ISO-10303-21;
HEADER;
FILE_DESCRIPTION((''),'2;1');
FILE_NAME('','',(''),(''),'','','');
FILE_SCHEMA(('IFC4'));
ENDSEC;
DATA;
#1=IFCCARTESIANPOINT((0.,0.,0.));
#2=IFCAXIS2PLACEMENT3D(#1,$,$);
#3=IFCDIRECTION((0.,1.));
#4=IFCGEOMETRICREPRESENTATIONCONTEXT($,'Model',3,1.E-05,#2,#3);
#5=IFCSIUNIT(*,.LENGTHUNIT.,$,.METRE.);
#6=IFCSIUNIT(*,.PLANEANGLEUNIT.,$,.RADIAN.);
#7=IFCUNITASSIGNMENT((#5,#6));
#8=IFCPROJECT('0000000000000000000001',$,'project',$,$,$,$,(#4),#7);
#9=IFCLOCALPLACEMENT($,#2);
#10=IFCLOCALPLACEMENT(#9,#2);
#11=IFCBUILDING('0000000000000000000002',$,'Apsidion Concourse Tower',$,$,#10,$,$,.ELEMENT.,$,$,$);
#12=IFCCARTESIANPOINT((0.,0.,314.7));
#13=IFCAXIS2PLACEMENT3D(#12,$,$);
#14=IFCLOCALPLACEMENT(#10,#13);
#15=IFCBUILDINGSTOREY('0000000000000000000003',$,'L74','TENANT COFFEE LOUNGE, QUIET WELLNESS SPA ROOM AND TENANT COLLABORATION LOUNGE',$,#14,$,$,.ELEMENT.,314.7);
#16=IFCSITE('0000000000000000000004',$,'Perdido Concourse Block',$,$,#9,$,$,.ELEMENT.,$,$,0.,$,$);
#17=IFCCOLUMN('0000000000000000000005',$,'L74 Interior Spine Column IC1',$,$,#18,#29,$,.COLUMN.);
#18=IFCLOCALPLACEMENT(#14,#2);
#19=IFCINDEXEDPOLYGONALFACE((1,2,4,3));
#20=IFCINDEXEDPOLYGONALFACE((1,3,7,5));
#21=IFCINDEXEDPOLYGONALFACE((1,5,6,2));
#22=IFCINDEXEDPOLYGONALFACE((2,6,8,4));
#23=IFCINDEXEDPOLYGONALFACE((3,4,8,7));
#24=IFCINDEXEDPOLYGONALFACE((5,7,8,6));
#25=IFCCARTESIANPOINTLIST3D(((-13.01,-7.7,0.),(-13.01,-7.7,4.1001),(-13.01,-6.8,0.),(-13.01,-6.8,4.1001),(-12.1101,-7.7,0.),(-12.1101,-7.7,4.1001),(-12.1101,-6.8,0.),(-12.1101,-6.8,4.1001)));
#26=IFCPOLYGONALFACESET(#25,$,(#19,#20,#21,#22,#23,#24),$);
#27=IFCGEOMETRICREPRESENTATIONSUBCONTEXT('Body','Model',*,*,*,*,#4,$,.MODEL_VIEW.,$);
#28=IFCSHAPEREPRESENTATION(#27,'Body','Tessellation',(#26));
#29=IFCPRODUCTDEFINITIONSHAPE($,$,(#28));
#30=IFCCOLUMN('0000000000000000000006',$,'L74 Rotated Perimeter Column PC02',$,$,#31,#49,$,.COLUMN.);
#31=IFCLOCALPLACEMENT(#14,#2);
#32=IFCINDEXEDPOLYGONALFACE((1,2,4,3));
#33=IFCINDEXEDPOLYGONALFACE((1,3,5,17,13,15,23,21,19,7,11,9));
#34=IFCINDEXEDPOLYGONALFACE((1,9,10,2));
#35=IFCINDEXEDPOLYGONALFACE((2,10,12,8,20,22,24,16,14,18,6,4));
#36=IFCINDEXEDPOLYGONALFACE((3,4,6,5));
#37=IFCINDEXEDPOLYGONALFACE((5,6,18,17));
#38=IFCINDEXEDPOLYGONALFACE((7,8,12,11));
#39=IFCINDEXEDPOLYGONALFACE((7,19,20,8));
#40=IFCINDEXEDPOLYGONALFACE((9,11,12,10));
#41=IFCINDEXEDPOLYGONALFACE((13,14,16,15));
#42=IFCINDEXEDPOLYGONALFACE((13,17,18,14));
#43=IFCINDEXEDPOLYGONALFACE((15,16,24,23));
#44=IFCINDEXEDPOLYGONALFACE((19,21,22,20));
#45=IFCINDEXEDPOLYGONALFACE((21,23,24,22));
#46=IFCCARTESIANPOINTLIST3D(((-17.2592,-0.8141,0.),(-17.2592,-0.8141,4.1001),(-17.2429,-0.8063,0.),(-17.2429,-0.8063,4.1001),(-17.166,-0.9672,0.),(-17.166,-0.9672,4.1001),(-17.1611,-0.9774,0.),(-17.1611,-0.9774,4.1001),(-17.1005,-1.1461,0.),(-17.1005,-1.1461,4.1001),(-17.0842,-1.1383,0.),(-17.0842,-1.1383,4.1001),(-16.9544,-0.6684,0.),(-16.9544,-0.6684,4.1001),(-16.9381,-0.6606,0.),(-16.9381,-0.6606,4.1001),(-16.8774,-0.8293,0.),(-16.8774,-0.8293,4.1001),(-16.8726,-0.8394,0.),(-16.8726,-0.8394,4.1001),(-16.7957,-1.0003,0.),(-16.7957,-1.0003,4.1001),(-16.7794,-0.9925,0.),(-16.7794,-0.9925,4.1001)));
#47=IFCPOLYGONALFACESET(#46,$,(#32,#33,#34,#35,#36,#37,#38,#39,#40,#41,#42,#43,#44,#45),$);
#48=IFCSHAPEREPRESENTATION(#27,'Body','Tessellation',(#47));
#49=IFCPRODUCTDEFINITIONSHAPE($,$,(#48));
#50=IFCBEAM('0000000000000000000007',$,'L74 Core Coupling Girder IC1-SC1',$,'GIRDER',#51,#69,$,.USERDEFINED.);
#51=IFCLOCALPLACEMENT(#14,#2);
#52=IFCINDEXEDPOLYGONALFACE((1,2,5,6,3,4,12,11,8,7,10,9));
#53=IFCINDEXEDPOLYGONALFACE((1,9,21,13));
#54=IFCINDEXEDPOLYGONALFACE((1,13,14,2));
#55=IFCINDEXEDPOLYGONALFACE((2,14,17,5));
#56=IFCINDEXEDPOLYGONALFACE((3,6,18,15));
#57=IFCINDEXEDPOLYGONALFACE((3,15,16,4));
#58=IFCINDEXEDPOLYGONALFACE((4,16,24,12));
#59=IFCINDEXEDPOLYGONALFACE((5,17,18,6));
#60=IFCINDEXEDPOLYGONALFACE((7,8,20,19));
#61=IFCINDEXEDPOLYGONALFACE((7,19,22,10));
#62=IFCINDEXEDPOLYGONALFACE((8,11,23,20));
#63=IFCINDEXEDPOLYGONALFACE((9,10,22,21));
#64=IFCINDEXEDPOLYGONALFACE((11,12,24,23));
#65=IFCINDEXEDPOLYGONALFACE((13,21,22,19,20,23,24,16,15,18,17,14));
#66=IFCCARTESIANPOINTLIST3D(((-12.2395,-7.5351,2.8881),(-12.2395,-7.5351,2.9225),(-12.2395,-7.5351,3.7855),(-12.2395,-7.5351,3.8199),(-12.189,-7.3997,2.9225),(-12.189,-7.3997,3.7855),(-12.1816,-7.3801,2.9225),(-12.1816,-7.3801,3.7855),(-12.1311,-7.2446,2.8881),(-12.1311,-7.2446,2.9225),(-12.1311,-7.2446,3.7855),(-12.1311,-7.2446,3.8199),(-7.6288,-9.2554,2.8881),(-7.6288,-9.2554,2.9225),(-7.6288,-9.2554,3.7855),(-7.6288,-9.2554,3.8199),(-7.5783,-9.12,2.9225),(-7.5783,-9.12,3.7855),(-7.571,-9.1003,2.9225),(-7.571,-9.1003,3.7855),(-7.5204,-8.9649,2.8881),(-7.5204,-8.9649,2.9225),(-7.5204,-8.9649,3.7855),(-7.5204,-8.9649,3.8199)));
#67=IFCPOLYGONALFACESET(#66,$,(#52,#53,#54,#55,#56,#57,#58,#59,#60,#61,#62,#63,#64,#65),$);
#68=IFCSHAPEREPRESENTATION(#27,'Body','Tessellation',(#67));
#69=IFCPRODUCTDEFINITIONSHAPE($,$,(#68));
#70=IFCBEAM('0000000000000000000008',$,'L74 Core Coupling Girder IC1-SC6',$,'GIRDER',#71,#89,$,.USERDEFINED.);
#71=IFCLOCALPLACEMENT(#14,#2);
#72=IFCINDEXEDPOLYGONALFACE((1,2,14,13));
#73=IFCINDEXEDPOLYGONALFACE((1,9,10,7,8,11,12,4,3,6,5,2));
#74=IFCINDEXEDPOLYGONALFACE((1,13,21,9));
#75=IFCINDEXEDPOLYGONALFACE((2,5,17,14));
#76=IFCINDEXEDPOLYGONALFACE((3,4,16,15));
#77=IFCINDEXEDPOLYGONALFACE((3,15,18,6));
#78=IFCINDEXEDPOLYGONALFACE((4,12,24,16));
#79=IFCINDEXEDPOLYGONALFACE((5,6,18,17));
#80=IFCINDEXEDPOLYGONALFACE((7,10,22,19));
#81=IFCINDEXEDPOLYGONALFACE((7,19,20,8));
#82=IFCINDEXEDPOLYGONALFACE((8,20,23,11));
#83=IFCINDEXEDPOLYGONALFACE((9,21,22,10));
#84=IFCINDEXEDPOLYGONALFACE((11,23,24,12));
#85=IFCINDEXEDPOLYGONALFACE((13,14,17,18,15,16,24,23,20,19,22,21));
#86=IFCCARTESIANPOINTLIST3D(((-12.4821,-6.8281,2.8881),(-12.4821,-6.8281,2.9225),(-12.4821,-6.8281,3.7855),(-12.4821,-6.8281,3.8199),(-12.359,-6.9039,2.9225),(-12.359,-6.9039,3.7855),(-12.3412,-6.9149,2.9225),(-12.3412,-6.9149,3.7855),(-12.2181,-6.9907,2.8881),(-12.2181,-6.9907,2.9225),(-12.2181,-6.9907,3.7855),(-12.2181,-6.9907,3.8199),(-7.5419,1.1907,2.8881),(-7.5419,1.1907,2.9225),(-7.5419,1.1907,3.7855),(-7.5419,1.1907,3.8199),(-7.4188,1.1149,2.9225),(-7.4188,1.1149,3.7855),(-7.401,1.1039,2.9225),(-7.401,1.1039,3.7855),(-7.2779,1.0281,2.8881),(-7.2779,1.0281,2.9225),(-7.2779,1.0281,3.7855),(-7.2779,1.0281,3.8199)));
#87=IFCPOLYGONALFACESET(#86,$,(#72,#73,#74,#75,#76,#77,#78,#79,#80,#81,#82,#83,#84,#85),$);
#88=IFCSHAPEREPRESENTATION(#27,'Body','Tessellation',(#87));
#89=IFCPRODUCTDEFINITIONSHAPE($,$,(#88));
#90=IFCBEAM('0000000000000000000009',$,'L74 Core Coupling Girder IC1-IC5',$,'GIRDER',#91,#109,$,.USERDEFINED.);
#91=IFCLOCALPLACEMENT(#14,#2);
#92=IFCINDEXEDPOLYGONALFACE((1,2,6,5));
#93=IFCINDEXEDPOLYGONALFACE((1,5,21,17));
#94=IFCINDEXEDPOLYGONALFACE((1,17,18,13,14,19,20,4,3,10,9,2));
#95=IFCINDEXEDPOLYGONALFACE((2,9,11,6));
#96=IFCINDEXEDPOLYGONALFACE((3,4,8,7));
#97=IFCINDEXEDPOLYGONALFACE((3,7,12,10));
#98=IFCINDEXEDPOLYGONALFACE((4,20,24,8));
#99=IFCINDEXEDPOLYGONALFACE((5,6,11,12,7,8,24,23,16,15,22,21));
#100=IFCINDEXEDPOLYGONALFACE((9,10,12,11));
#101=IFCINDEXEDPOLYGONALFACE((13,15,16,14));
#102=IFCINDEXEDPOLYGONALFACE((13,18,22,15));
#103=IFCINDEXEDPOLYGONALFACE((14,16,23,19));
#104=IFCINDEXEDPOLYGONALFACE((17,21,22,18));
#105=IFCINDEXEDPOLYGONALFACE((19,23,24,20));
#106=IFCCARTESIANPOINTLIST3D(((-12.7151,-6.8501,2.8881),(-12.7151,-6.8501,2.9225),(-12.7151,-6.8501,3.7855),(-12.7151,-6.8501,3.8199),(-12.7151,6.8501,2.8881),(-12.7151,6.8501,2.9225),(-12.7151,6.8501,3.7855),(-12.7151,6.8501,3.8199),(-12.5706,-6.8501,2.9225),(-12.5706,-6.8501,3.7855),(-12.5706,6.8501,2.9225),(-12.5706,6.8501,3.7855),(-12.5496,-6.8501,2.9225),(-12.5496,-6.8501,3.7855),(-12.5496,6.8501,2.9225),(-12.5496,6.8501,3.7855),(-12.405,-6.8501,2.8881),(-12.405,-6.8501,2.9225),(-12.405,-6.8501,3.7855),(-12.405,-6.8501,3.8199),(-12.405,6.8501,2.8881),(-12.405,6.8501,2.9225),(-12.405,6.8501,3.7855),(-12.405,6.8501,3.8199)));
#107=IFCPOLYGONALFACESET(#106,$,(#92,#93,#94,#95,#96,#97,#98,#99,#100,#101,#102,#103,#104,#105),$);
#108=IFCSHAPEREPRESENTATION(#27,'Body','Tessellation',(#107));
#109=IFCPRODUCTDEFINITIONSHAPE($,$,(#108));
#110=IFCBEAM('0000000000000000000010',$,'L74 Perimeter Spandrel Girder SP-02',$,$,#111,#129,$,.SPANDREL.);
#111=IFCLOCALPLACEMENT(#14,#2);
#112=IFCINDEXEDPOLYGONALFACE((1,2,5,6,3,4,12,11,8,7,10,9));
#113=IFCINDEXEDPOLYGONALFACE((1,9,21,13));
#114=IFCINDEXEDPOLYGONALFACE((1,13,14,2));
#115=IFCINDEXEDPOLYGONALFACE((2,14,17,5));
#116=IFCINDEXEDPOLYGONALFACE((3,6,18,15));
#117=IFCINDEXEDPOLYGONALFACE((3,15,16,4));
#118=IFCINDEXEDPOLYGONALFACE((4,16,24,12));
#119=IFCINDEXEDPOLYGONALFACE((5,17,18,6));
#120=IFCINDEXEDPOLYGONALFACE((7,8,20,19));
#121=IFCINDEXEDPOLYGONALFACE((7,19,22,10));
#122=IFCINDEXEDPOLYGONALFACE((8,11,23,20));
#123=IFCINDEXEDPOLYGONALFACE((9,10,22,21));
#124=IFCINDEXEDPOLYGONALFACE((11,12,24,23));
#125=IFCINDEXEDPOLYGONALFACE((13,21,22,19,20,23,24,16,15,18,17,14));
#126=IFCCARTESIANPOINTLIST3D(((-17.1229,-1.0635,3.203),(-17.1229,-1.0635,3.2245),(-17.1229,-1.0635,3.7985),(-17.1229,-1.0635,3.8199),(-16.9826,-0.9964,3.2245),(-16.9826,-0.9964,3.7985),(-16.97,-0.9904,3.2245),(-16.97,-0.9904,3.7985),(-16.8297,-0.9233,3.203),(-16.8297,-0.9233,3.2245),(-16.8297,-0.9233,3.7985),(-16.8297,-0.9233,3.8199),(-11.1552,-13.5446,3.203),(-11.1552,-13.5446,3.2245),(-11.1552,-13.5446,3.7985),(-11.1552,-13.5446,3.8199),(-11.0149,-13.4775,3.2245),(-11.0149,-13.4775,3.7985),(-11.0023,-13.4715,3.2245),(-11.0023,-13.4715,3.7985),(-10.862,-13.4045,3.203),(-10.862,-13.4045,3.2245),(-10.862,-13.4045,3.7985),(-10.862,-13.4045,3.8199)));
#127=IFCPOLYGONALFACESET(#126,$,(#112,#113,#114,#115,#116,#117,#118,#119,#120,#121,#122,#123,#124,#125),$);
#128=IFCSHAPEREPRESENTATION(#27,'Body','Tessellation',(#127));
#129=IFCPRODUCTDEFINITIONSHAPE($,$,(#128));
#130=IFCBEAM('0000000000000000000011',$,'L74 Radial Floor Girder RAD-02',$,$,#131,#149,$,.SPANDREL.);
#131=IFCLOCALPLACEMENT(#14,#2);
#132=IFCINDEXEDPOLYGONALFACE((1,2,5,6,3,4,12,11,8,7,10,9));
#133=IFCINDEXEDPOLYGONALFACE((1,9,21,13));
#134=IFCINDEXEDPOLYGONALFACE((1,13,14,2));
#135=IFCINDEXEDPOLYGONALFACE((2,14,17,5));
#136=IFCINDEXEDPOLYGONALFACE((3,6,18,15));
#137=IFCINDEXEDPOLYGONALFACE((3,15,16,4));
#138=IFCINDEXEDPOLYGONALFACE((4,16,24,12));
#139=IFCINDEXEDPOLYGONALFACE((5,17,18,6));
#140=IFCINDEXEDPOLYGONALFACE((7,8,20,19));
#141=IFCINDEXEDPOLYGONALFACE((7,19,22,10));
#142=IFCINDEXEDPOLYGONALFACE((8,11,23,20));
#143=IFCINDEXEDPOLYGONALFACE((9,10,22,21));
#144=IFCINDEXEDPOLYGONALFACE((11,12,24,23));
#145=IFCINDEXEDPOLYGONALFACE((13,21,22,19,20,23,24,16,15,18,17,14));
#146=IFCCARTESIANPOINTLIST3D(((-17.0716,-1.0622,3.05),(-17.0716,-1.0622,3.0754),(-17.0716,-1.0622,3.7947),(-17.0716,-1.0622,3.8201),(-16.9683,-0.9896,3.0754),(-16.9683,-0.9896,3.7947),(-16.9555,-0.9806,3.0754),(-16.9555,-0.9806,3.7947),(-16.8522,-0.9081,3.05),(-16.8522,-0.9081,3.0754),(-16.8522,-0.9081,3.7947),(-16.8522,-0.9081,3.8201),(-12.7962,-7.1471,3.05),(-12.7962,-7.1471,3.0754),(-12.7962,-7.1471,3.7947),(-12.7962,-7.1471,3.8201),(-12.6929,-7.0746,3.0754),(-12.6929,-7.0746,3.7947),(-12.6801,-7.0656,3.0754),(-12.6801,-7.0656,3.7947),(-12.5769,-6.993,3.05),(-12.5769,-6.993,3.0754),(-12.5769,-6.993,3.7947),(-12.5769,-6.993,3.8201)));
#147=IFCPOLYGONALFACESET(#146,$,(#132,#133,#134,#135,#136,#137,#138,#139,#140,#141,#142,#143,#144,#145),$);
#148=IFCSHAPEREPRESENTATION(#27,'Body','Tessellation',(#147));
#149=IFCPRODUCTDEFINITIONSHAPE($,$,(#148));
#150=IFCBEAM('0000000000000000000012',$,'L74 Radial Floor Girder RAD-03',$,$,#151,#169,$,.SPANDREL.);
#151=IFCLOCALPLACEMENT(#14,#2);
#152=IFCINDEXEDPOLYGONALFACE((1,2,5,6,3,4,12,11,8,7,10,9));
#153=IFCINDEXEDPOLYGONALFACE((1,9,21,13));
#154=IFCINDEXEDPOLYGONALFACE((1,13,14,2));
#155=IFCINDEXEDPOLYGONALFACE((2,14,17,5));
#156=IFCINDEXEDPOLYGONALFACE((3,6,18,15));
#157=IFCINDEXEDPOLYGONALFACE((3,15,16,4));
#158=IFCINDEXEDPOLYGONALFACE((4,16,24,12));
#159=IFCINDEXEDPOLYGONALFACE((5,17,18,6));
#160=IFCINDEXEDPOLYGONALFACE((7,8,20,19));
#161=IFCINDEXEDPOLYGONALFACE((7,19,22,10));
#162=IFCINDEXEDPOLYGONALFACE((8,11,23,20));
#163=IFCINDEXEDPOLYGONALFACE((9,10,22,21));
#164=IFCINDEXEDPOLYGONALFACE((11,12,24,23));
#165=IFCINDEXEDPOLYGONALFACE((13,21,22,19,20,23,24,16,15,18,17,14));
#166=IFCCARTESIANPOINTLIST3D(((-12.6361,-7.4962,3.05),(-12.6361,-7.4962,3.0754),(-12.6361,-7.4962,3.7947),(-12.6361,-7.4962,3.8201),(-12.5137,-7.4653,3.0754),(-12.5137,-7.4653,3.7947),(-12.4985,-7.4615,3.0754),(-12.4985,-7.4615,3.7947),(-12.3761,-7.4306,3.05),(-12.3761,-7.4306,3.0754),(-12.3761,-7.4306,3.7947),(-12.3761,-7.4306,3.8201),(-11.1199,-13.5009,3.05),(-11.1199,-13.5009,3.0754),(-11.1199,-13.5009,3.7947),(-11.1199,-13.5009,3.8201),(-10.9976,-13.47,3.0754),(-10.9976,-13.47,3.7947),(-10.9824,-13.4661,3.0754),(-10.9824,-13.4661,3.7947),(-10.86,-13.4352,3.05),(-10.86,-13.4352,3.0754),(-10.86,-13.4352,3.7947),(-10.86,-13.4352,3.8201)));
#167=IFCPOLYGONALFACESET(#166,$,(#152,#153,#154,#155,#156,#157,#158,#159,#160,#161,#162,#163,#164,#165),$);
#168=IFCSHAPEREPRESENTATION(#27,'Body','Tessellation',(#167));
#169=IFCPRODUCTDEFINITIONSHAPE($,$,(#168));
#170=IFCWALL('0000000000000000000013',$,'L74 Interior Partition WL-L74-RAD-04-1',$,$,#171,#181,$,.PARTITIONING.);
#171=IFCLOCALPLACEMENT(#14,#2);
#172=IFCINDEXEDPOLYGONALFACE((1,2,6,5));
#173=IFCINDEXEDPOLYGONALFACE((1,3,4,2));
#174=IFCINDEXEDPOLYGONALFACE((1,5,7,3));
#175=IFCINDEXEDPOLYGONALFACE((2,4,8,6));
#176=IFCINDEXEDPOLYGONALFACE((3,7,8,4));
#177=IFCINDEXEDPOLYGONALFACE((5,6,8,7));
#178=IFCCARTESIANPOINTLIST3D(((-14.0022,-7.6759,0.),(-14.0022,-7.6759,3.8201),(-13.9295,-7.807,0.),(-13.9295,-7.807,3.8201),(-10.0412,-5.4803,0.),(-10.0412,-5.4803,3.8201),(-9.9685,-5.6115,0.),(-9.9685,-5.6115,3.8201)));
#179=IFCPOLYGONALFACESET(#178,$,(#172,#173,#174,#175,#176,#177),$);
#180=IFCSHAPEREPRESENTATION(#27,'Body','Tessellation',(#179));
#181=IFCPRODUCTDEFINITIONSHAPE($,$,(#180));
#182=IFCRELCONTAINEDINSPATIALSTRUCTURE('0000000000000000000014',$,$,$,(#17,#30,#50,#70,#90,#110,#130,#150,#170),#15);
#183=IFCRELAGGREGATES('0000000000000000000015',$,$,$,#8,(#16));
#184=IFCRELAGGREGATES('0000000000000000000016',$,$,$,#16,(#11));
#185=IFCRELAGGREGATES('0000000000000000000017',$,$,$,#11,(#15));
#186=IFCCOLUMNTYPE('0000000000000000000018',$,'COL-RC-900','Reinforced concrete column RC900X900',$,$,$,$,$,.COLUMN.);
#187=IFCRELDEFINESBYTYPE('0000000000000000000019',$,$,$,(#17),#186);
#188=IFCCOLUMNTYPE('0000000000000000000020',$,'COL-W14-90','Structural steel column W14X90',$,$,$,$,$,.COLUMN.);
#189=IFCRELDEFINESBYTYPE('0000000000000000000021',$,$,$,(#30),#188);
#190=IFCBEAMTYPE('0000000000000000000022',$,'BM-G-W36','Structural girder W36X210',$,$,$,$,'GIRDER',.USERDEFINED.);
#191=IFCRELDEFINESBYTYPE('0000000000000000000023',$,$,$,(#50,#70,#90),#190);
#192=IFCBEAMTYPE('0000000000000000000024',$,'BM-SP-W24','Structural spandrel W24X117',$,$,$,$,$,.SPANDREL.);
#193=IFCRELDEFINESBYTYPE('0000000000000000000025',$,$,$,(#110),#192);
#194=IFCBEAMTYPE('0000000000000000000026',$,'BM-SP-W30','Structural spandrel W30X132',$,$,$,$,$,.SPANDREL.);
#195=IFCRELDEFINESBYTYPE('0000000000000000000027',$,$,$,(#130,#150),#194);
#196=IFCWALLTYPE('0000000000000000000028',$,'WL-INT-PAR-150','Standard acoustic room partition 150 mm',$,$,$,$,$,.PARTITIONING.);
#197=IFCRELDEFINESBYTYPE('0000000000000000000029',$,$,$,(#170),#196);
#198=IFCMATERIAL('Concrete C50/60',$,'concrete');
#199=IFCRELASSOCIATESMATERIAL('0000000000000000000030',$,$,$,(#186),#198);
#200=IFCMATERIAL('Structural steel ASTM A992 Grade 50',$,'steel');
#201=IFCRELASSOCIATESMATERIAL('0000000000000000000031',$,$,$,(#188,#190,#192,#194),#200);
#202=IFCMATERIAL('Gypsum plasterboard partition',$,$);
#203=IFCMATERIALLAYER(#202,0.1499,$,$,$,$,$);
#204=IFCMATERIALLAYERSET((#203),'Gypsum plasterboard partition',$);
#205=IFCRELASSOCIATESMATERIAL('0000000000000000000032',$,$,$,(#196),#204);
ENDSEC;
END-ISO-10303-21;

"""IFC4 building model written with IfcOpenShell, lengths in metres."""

from ifc_helpers import new_model, si_unit, direction, frame, frame_2d, origin, origin_2d, place, context, subcontext, project, spatial, rectangle, i_section, extrude, material, layer, layer_set, material_profile, profile_set, type_object, element, save


model = new_model("IFC4")

# Units and contexts
model_context = context("Model", 3, precision=1e-05, world=origin(), true_north=direction((0.0, 1.0)))
body_context = subcontext(model_context, "Body", "Model", "MODEL_VIEW")
ifc_project = project(units=[si_unit("LENGTHUNIT", "METRE"), si_unit("PLANEANGLEUNIT", "RADIAN")], contexts=[model_context])

# Site, building, storey
site_placement = place(None, origin())
site = spatial("IfcSite", under=ifc_project, at=site_placement, Name="Perdido Concourse Block", CompositionType="ELEMENT", RefElevation=0.0)
building_placement = place(site_placement, origin())
building = spatial("IfcBuilding", under=site, at=building_placement, Name="Apsidion Concourse Tower", CompositionType="ELEMENT")
storey_placement = place(building_placement, frame((0.0, 0.0, 314.7)))
storey = spatial("IfcBuildingStorey", under=building, at=storey_placement, Name="L74", Description="TENANT COFFEE LOUNGE, QUIET WELLNESS SPA ROOM AND TENANT COLLABORATION LOUNGE", CompositionType="ELEMENT", Elevation=314.7)

# Columns
ifc_material_1 = material(Name="Concrete C50/60", Category="concrete")
ifc_material_profile_1 = material_profile(ifc_material_1, rectangle(XDim=0.8999, YDim=0.8999, at=origin_2d()), Name="RC 900x900")
ifc_profile_set_1 = profile_set([ifc_material_profile_1], Name="Concrete C50/60")
column_type_1 = type_object("IfcColumnType", Name="COL-RC-900", Description="Reinforced concrete column RC900X900", PredefinedType="COLUMN", material=ifc_profile_set_1)
column_1_placement = place(storey_placement, frame((-12.5601, -7.25, 0.0), z_axis=(0.0, 0.0, 1.0), x_axis=(1.0, 0.0, 0.0)))
element("IfcColumn", 1, at=column_1_placement, inside=storey, type_object=column_type_1, Name="L74 Interior Spine Column IC1", PredefinedType="COLUMN", context=body_context, shape_type="SweptSolid", body=[
    extrude(rectangle(XDim=0.8999, YDim=0.8999, at=origin_2d()), origin(), (0.0, 0.0, 1.0), 4.1001),
])
ifc_material_2 = material(Name="Structural steel ASTM A992 Grade 50", Category="steel")
ifc_material_profile_2 = material_profile(ifc_material_2, i_section(OverallWidth=0.3679, OverallDepth=0.356, WebThickness=0.0112, FlangeThickness=0.0181, at=origin_2d()), Name="W14X90")
ifc_profile_set_2 = profile_set([ifc_material_profile_2], Name="Structural steel ASTM A992 Grade 50")
column_type_2 = type_object("IfcColumnType", Name="COL-W14-90", Description="Structural steel column W14X90", PredefinedType="COLUMN", material=ifc_profile_set_2)
column_2_placement = place(storey_placement, frame((-17.0193, -0.9033, 0.0), z_axis=(0.0, 0.0, 1.0), x_axis=(-0.431299, 0.902209, 0.0)))
element("IfcColumn", 2, at=column_2_placement, inside=storey, type_object=column_type_2, Name="L74 Rotated Perimeter Column PC02", PredefinedType="COLUMN", context=body_context, shape_type="SweptSolid", body=[
    extrude(i_section(OverallWidth=0.3679, OverallDepth=0.356, WebThickness=0.0112, FlangeThickness=0.0181, at=origin_2d()), origin(), (0.0, 0.0, 1.0), 4.1001),
])

# Beams
ifc_material_profile_3 = material_profile(ifc_material_2, i_section(OverallWidth=0.3101, OverallDepth=0.9319, WebThickness=0.021, FlangeThickness=0.0344, at=origin_2d()), Name="W36X210")
ifc_profile_set_3 = profile_set([ifc_material_profile_3], Name="Structural steel ASTM A992 Grade 50")
beam_type_1 = type_object("IfcBeamType", Name="BM-G-W36", Description="Structural girder W36X210", ElementType="GIRDER", PredefinedType="USERDEFINED", material=ifc_profile_set_3)
beam_1_placement = place(storey_placement, frame((-12.1853, -7.3899, 3.354), z_axis=(0.936913, -0.349563, 0.0), x_axis=(0.349563, 0.936913, 0.0)))
element("IfcBeam", 3, at=beam_1_placement, inside=storey, type_object=beam_type_1, Name="L74 Core Coupling Girder IC1-SC1", ObjectType="GIRDER", PredefinedType="USERDEFINED", context=body_context, shape_type="SweptSolid", body=[
    extrude(i_section(OverallWidth=0.3101, OverallDepth=0.9319, WebThickness=0.021, FlangeThickness=0.0344, at=origin_2d()), origin(), (0.0, 0.0, 1.0), 4.9211),
])
beam_2_placement = place(storey_placement, frame((-12.3501, -6.9094, 3.354), z_axis=(0.524524, 0.851396, 0.0), x_axis=(-0.851396, 0.524524, 0.0)))
element("IfcBeam", 4, at=beam_2_placement, inside=storey, type_object=beam_type_1, Name="L74 Core Coupling Girder IC1-SC6", ObjectType="GIRDER", PredefinedType="USERDEFINED", context=body_context, shape_type="SweptSolid", body=[
    extrude(i_section(OverallWidth=0.3101, OverallDepth=0.9319, WebThickness=0.021, FlangeThickness=0.0344, at=origin_2d()), origin(), (0.0, 0.0, 1.0), 9.4185),
])
beam_3_placement = place(storey_placement, frame((-12.5601, -6.8501, 3.354), z_axis=(0.0, 1.0, 0.0), x_axis=(-1.0, 0.0, 0.0)))
element("IfcBeam", 5, at=beam_3_placement, inside=storey, type_object=beam_type_1, Name="L74 Core Coupling Girder IC1-IC5", ObjectType="GIRDER", PredefinedType="USERDEFINED", context=body_context, shape_type="SweptSolid", body=[
    extrude(i_section(OverallWidth=0.3101, OverallDepth=0.9319, WebThickness=0.021, FlangeThickness=0.0344, at=origin_2d()), origin(), (0.0, 0.0, 1.0), 13.7002),
])
ifc_material_profile_4 = material_profile(ifc_material_2, i_section(OverallWidth=0.325, OverallDepth=0.6169, WebThickness=0.0139, FlangeThickness=0.0215, at=origin_2d()), Name="W24X117")
ifc_profile_set_4 = profile_set([ifc_material_profile_4], Name="Structural steel ASTM A992 Grade 50")
beam_type_2 = type_object("IfcBeamType", Name="BM-SP-W24", Description="Structural spandrel W24X117", PredefinedType="SPANDREL", material=ifc_profile_set_4)
beam_4_placement = place(storey_placement, frame((-16.9763, -0.9934, 3.5115), z_axis=(0.431367, -0.902176, 0.0), x_axis=(0.902176, 0.431367, 0.0)))
element("IfcBeam", 6, at=beam_4_placement, inside=storey, type_object=beam_type_2, Name="L74 Perimeter Spandrel Girder SP-02", PredefinedType="SPANDREL", context=body_context, shape_type="SweptSolid", body=[
    extrude(i_section(OverallWidth=0.325, OverallDepth=0.6169, WebThickness=0.0139, FlangeThickness=0.0215, at=origin_2d()), origin(), (0.0, 0.0, 1.0), 13.8345),
])
ifc_material_profile_5 = material_profile(ifc_material_2, i_section(OverallWidth=0.2681, OverallDepth=0.77, WebThickness=0.0156, FlangeThickness=0.0254, at=origin_2d()), Name="W30X132")
ifc_profile_set_5 = profile_set([ifc_material_profile_5], Name="Structural steel ASTM A992 Grade 50")
beam_type_3 = type_object("IfcBeamType", Name="BM-SP-W30", Description="Structural spandrel W30X132", PredefinedType="SPANDREL", material=ifc_profile_set_5)
beam_5_placement = place(storey_placement, frame((-12.6865, -7.0701, 3.4351), z_axis=(-0.574898, 0.818225, 0.0), x_axis=(-0.818225, -0.574898, 0.0)))
element("IfcBeam", 7, at=beam_5_placement, inside=storey, type_object=beam_type_3, Name="L74 Radial Floor Girder RAD-02", PredefinedType="SPANDREL", context=body_context, shape_type="SweptSolid", body=[
    extrude(i_section(OverallWidth=0.2681, OverallDepth=0.77, WebThickness=0.0156, FlangeThickness=0.0254, at=origin_2d()), origin(), (0.0, 0.0, 1.0), 7.4368),
])
beam_6_placement = place(storey_placement, frame((-12.5061, -7.4634, 3.4351), z_axis=(0.244807, -0.969572, 0.0), x_axis=(0.969572, 0.244807, 0.0)))
element("IfcBeam", 8, at=beam_6_placement, inside=storey, type_object=beam_type_3, Name="L74 Radial Floor Girder RAD-03", PredefinedType="SPANDREL", context=body_context, shape_type="SweptSolid", body=[
    extrude(i_section(OverallWidth=0.2681, OverallDepth=0.77, WebThickness=0.0156, FlangeThickness=0.0254, at=origin_2d()), origin(), (0.0, 0.0, 1.0), 6.1931),
])

# Wall
ifc_material_3 = material(Name="Gypsum plasterboard partition")
ifc_layer_1 = layer(ifc_material_3, 0.1499)
ifc_layer_set_1 = layer_set([ifc_layer_1], Name="Gypsum plasterboard partition")
wall_type_1 = type_object("IfcWallType", Name="WL-INT-PAR-150", Description="Standard acoustic room partition 150 mm", PredefinedType="PARTITIONING", material=ifc_layer_set_1)
wall_1_placement = place(storey_placement, frame((-10.0049, -5.5459, 0.0), z_axis=(0.0, 0.0, 1.0), x_axis=(-0.874622, -0.484805, 0.0)))
element("IfcWall", 9, at=wall_1_placement, inside=storey, type_object=wall_type_1, Name="L74 Interior Partition WL-L74-RAD-04-1", PredefinedType="PARTITIONING", context=body_context, shape_type="SweptSolid", body=[
    extrude(rectangle(XDim=4.5288, YDim=0.1499, at=frame_2d((2.2644, 0.0))), origin(), (0.0, 0.0, 1.0), 3.8201),
])

save(model, "model.ifc")
